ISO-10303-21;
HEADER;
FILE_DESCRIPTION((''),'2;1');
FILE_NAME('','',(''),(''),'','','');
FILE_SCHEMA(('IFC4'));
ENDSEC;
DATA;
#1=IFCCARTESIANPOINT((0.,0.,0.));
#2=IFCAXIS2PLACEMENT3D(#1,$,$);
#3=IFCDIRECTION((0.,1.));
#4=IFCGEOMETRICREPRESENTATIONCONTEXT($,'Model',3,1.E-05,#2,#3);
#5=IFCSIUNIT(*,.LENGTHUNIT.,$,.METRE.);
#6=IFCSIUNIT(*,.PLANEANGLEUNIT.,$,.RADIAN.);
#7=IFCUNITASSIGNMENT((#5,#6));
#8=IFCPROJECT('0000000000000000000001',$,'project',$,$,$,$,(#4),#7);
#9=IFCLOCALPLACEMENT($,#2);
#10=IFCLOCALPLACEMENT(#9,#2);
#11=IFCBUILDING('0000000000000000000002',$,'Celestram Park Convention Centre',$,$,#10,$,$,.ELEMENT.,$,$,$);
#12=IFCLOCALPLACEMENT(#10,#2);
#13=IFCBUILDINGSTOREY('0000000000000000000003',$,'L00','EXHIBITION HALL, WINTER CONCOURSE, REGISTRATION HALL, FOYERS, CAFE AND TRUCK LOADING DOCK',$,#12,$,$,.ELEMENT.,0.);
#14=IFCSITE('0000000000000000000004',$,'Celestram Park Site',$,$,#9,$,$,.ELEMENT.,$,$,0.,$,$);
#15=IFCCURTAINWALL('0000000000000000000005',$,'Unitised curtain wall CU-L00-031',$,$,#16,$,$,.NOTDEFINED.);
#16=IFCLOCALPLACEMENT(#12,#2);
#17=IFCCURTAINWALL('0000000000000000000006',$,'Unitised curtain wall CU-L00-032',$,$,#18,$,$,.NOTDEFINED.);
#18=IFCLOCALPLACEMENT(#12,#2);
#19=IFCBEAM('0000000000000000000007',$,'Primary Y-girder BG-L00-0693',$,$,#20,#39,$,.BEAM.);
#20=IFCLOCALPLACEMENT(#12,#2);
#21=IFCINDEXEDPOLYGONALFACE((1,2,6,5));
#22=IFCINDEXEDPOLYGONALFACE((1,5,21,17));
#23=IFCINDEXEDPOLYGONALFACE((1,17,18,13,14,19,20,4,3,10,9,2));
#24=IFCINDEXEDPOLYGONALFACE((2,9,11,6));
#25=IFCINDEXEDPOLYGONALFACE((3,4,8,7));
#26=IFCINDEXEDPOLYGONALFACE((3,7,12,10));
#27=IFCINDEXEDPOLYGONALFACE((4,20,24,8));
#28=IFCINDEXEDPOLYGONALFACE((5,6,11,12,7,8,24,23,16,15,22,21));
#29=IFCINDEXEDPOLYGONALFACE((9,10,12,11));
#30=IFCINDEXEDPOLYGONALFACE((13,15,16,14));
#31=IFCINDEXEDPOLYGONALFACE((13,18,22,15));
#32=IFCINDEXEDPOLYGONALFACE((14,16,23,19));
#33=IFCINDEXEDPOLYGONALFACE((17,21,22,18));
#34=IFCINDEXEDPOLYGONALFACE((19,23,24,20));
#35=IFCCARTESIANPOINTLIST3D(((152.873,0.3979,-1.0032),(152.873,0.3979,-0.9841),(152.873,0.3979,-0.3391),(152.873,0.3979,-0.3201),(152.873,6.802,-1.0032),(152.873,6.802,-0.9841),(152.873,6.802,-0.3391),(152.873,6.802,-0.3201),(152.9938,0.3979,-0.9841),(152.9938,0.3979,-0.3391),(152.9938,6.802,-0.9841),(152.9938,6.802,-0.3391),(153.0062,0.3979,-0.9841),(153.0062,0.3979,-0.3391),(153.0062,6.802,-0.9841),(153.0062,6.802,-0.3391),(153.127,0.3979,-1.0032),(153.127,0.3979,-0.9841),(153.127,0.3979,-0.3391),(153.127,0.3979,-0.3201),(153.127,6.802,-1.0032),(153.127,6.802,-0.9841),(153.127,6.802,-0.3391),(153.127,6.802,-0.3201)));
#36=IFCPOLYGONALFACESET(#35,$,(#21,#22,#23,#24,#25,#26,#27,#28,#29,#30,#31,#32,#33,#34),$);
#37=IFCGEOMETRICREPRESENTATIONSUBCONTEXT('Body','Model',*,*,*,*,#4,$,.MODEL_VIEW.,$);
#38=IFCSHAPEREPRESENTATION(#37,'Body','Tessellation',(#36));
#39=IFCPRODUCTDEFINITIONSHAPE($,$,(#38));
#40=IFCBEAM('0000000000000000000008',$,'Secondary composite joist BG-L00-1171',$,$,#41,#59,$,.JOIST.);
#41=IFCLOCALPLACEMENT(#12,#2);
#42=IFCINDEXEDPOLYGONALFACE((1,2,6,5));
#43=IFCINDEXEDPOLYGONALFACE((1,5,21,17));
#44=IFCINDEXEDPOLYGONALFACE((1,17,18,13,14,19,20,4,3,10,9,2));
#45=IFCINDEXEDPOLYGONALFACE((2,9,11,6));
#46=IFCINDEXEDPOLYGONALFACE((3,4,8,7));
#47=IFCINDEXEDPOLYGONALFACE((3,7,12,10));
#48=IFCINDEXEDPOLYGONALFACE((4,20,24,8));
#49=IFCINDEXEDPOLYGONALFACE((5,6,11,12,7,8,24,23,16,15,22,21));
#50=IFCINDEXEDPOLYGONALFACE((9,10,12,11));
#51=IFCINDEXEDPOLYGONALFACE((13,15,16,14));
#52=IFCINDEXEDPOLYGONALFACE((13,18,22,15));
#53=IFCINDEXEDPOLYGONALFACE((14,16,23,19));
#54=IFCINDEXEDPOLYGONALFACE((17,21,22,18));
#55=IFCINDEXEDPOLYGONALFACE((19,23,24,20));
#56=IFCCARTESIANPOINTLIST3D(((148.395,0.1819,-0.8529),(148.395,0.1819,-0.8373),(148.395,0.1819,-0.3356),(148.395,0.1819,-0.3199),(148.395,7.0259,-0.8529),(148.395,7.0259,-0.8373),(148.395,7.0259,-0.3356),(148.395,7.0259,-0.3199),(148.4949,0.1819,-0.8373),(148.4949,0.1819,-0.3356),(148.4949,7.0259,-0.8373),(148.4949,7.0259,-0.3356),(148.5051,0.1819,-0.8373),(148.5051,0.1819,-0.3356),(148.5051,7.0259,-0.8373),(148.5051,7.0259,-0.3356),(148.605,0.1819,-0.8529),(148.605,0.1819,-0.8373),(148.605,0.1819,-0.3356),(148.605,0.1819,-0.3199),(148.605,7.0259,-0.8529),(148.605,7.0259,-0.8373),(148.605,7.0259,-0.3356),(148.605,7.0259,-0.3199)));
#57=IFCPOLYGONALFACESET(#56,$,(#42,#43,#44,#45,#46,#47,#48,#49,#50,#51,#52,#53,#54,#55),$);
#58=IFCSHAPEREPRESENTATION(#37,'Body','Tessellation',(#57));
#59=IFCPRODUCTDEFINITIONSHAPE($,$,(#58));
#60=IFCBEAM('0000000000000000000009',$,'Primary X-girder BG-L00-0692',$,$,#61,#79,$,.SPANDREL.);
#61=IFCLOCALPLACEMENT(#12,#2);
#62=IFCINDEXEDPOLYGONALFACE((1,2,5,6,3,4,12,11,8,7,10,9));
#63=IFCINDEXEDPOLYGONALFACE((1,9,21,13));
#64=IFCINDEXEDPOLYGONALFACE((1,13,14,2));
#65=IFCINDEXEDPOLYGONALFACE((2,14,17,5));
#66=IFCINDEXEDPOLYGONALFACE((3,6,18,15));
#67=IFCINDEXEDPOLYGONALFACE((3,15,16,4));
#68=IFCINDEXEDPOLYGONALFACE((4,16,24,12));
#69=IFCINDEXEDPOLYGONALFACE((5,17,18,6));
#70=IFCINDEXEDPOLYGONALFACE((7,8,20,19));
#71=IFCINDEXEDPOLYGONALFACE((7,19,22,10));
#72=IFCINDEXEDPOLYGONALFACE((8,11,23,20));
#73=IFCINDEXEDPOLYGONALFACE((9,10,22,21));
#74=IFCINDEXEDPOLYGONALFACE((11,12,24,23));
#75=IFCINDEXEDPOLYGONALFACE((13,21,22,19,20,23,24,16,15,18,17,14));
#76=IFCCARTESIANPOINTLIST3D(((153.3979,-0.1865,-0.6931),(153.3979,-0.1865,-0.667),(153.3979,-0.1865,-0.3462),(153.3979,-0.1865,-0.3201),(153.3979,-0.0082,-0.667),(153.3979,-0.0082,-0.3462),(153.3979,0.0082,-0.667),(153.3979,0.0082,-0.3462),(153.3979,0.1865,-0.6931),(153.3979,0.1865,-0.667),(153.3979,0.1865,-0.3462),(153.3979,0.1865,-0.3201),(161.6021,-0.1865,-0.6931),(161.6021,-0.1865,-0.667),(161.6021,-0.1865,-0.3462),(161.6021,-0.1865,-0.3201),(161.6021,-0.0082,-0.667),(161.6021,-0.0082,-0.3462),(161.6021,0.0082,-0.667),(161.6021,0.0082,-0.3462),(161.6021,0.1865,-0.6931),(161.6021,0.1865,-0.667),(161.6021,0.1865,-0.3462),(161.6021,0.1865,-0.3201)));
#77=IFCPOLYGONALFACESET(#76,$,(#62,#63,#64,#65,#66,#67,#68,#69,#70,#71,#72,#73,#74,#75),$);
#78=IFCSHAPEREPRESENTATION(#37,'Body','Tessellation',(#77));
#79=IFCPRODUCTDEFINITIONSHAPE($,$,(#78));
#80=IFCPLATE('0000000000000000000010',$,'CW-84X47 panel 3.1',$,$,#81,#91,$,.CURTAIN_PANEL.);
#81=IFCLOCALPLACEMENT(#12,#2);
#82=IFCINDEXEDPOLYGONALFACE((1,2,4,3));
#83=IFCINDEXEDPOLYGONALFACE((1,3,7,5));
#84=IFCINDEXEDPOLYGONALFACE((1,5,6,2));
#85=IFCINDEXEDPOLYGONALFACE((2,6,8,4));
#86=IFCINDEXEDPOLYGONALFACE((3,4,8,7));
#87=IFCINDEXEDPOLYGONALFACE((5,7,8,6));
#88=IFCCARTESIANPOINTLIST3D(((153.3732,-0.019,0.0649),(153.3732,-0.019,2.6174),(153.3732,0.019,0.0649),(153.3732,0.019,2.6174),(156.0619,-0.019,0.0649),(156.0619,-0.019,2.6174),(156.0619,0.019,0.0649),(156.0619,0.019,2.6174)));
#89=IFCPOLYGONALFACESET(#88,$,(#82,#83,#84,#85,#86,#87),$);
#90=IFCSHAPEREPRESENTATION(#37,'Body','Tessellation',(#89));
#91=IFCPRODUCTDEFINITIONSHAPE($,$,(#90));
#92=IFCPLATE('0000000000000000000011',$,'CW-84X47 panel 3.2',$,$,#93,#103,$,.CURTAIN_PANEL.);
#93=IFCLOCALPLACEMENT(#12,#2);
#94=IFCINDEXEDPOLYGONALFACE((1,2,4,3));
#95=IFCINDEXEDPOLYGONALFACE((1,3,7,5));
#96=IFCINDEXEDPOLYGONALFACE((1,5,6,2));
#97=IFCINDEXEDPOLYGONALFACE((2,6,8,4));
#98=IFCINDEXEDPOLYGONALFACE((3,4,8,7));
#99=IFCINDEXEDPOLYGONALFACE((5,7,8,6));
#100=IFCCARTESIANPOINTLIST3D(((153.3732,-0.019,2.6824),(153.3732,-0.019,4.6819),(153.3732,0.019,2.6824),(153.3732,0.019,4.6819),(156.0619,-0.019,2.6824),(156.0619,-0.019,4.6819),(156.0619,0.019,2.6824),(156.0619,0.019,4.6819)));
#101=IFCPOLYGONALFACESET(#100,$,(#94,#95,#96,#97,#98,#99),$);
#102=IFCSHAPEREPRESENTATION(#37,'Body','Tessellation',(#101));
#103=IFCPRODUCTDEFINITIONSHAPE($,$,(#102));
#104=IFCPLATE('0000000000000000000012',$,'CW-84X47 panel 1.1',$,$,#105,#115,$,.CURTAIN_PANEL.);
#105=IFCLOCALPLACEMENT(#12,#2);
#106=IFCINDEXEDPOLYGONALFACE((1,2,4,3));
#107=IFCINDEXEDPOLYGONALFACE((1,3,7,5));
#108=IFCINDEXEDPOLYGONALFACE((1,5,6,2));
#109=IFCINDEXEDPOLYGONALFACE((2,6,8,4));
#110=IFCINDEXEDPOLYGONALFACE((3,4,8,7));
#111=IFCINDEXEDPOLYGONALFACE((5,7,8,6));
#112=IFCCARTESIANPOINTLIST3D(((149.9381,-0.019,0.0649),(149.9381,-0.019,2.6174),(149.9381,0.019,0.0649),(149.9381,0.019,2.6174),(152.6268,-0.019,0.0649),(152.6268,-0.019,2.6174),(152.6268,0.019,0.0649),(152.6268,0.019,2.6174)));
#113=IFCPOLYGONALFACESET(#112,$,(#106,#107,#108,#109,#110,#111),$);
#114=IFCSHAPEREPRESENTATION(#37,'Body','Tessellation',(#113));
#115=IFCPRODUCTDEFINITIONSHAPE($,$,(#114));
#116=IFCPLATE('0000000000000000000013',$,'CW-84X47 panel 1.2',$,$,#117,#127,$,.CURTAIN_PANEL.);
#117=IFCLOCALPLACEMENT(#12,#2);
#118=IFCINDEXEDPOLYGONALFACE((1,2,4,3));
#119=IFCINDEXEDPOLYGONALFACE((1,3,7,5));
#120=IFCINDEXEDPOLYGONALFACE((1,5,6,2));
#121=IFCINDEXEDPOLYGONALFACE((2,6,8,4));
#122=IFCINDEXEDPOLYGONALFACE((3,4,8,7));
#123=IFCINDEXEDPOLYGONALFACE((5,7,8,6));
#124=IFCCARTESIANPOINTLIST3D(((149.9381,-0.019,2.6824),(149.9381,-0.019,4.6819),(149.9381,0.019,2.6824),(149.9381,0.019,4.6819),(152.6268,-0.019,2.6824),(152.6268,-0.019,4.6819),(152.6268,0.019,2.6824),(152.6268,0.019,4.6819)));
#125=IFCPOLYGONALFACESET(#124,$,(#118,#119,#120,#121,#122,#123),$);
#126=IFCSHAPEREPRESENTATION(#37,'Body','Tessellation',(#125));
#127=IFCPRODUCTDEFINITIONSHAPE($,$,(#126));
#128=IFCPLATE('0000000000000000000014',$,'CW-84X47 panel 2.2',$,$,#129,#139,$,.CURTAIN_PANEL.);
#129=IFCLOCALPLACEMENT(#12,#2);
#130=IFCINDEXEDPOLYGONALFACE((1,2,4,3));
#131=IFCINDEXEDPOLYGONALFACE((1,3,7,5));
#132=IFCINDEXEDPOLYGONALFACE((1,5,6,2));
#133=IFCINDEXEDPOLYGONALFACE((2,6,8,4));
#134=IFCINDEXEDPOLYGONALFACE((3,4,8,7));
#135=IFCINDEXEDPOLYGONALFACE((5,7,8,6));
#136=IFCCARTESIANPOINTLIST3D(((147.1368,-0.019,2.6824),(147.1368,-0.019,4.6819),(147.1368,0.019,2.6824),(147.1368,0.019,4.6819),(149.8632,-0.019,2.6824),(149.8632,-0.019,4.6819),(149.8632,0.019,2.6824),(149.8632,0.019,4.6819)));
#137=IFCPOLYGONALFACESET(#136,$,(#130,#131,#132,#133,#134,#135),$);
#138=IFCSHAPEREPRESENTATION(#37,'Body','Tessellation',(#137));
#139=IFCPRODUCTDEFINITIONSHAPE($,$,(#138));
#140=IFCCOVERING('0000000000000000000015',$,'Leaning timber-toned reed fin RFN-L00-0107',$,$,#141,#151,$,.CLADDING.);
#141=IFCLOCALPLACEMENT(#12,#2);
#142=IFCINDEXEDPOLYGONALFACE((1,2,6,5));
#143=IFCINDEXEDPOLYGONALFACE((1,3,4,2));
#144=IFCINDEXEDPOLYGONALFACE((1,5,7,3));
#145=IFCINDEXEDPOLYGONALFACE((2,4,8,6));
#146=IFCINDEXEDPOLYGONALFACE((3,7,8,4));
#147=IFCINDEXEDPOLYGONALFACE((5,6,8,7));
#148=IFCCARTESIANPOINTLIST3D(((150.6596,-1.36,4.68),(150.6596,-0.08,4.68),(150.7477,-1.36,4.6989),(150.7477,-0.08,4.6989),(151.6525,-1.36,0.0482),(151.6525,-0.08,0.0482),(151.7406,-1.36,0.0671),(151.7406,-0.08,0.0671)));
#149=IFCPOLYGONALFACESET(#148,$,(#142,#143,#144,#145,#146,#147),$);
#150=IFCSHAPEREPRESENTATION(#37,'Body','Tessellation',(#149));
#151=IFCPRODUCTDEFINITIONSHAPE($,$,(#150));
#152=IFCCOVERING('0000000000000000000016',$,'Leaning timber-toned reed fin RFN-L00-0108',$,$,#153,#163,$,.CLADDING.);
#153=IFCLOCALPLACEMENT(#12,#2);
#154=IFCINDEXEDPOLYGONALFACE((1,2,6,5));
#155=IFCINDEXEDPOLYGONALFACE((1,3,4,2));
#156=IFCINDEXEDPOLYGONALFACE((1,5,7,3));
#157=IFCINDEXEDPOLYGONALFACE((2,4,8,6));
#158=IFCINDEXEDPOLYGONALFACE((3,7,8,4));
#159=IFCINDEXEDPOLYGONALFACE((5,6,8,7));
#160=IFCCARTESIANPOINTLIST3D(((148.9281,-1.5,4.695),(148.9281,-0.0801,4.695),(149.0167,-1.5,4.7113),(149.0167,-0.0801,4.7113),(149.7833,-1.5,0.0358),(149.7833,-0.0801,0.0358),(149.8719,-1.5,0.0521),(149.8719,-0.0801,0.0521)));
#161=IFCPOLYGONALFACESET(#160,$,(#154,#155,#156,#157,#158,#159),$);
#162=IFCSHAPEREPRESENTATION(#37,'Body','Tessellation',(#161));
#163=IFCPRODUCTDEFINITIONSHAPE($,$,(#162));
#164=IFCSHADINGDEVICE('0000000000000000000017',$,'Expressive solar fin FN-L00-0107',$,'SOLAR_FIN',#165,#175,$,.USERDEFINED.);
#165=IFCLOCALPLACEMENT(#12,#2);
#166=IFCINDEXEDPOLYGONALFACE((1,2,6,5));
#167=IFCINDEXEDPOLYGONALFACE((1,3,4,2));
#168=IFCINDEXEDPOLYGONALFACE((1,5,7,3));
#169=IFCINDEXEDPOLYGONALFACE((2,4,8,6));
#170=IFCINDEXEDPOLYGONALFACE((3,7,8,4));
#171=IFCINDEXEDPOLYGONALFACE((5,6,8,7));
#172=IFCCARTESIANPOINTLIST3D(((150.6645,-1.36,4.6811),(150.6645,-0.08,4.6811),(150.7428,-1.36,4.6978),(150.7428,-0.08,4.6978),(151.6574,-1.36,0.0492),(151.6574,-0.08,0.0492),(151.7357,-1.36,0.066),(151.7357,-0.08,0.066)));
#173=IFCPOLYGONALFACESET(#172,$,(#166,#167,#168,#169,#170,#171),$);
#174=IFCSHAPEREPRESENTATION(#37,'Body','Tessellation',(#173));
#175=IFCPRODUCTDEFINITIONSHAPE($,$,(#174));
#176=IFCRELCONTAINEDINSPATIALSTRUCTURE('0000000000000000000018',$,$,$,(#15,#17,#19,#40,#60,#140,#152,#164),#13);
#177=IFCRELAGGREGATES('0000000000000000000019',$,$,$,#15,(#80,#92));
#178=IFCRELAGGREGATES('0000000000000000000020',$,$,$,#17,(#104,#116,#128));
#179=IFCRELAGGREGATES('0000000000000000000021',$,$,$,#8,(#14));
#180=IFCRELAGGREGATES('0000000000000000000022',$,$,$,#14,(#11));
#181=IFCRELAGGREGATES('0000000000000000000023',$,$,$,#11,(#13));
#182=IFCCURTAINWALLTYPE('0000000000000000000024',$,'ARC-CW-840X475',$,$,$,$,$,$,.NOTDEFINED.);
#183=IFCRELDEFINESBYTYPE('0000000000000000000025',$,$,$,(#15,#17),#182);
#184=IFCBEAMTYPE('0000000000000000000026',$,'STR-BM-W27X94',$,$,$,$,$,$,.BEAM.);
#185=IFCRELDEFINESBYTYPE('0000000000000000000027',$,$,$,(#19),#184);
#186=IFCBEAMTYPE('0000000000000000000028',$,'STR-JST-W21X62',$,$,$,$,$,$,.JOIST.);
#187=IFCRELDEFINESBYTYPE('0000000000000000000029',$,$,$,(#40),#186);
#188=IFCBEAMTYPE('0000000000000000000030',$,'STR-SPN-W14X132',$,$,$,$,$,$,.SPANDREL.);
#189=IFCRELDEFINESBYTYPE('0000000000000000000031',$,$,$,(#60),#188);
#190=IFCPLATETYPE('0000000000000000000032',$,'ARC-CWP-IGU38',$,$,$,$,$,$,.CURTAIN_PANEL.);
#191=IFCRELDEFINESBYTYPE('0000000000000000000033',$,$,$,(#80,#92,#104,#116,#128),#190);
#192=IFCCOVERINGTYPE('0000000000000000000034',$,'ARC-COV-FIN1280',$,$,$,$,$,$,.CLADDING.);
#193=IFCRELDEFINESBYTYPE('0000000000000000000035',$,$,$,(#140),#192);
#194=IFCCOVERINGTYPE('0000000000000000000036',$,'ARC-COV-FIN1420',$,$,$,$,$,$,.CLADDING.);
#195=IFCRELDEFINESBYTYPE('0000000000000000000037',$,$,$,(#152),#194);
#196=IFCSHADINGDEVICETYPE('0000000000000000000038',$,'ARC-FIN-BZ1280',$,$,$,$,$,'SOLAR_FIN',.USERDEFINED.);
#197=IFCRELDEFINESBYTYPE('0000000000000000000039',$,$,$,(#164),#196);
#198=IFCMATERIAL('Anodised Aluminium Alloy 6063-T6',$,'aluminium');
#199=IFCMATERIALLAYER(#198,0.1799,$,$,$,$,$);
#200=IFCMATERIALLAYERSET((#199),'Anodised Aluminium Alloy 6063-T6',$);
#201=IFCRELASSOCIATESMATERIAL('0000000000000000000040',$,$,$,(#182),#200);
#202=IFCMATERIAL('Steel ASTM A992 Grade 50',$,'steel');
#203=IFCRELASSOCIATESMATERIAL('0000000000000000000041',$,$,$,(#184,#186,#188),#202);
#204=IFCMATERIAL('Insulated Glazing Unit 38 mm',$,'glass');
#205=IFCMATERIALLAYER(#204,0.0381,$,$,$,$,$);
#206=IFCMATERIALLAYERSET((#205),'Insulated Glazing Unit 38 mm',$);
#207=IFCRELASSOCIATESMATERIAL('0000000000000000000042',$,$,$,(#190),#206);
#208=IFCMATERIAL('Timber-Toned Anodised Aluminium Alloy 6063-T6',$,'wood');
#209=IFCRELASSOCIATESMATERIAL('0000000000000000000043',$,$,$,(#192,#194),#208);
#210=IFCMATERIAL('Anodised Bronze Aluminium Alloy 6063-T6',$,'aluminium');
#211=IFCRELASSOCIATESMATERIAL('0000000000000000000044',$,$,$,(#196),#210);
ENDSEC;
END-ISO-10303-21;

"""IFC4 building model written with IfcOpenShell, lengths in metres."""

from ifc_helpers import new_model, si_unit, direction, frame, origin, origin_2d, place, context, subcontext, project, spatial, rectangle, i_section, extrude, material, layer, layer_set, material_profile, profile_set, type_object, element, aggregate, save


model = new_model("IFC4")

# Units and contexts
model_context = context("Model", 3, precision=1e-05, world=origin(), true_north=direction((0.0, 1.0)))
body_context = subcontext(model_context, "Body", "Model", "MODEL_VIEW")
ifc_project = project(units=[si_unit("LENGTHUNIT", "METRE"), si_unit("PLANEANGLEUNIT", "RADIAN")], contexts=[model_context])

# Site, building, storey
site_placement = place(None, origin())
site = spatial("IfcSite", under=ifc_project, at=site_placement, Name="Celestram Park Site", CompositionType="ELEMENT", RefElevation=0.0)
building_placement = place(site_placement, origin())
building = spatial("IfcBuilding", under=site, at=building_placement, Name="Celestram Park Convention Centre", CompositionType="ELEMENT")
storey_placement = place(building_placement, origin())
storey = spatial("IfcBuildingStorey", under=building, at=storey_placement, Name="L00", Description="EXHIBITION HALL, WINTER CONCOURSE, REGISTRATION HALL, FOYERS, CAFE AND TRUCK LOADING DOCK", CompositionType="ELEMENT", Elevation=0.0)

# Curtain wall
ifc_material_1 = material(Name="Anodised Aluminium Alloy 6063-T6", Category="aluminium")
ifc_layer_1 = layer(ifc_material_1, 0.1799)
ifc_layer_set_1 = layer_set([ifc_layer_1], Name="Anodised Aluminium Alloy 6063-T6")
curtain_wall_type = type_object("IfcCurtainWallType", Name="ARC-CW-840X475", PredefinedType="NOTDEFINED", material=ifc_layer_set_1)
curtain_wall_1_placement = place(storey_placement, origin())
curtain_wall_1 = element("IfcCurtainWall", 1, at=curtain_wall_1_placement, inside=storey, type_object=curtain_wall_type, Name="Unitised curtain wall CU-L00-031", PredefinedType="NOTDEFINED")

# Curtain wall
curtain_wall_2_placement = place(storey_placement, origin())
curtain_wall_2 = element("IfcCurtainWall", 2, at=curtain_wall_2_placement, inside=storey, type_object=curtain_wall_type, Name="Unitised curtain wall CU-L00-032", PredefinedType="NOTDEFINED")

# Beams
ifc_material_2 = material(Name="Steel ASTM A992 Grade 50", Category="steel")
ifc_material_profile_1 = material_profile(ifc_material_2, i_section(OverallWidth=0.2539, OverallDepth=0.6831, WebThickness=0.0125, FlangeThickness=0.019, at=origin_2d()), Name="W27X94")
ifc_profile_set_1 = profile_set([ifc_material_profile_1], Name="Steel ASTM A992 Grade 50")
beam_type_1 = type_object("IfcBeamType", Name="STR-BM-W27X94", PredefinedType="BEAM", material=ifc_profile_set_1)
beam_1_placement = place(storey_placement, frame((153.0, 0.3979, -0.6616), z_axis=(0.0, 1.0, 0.0), x_axis=(-1.0, 0.0, 0.0)))
element("IfcBeam", 3, at=beam_1_placement, inside=storey, type_object=beam_type_1, Name="Primary Y-girder BG-L00-0693", PredefinedType="BEAM", context=body_context, shape_type="SweptSolid", body=[
    extrude(i_section(OverallWidth=0.2539, OverallDepth=0.6831, WebThickness=0.0125, FlangeThickness=0.019, at=origin_2d()), origin(), (0.0, 0.0, 1.0), 6.4041),
])
ifc_material_profile_2 = material_profile(ifc_material_2, i_section(OverallWidth=0.21, OverallDepth=0.533, WebThickness=0.0103, FlangeThickness=0.0156, at=origin_2d()), Name="W21X62")
ifc_profile_set_2 = profile_set([ifc_material_profile_2], Name="Steel ASTM A992 Grade 50")
beam_type_2 = type_object("IfcBeamType", Name="STR-JST-W21X62", PredefinedType="JOIST", material=ifc_profile_set_2)
beam_2_placement = place(storey_placement, frame((148.5, 0.1819, -0.5864), z_axis=(0.0, 1.0, 0.0), x_axis=(-1.0, 0.0, 0.0)))
element("IfcBeam", 4, at=beam_2_placement, inside=storey, type_object=beam_type_2, Name="Secondary composite joist BG-L00-1171", PredefinedType="JOIST", context=body_context, shape_type="SweptSolid", body=[
    extrude(i_section(OverallWidth=0.21, OverallDepth=0.533, WebThickness=0.0103, FlangeThickness=0.0156, at=origin_2d()), origin(), (0.0, 0.0, 1.0), 6.844),
])
ifc_material_profile_3 = material_profile(ifc_material_2, i_section(OverallWidth=0.373, OverallDepth=0.373, WebThickness=0.0164, FlangeThickness=0.0261, at=origin_2d()), Name="W14X132")
ifc_profile_set_3 = profile_set([ifc_material_profile_3], Name="Steel ASTM A992 Grade 50")
beam_type_3 = type_object("IfcBeamType", Name="STR-SPN-W14X132", PredefinedType="SPANDREL", material=ifc_profile_set_3)
beam_3_placement = place(storey_placement, frame((153.3979, 0.0, -0.5066), z_axis=(1.0, 0.0, 0.0), x_axis=(0.0, 1.0, 0.0)))
element("IfcBeam", 5, at=beam_3_placement, inside=storey, type_object=beam_type_3, Name="Primary X-girder BG-L00-0692", PredefinedType="SPANDREL", context=body_context, shape_type="SweptSolid", body=[
    extrude(i_section(OverallWidth=0.373, OverallDepth=0.373, WebThickness=0.0164, FlangeThickness=0.0261, at=origin_2d()), origin(), (0.0, 0.0, 1.0), 8.2041),
])

# Plates
ifc_material_3 = material(Name="Insulated Glazing Unit 38 mm", Category="glass")
ifc_layer_2 = layer(ifc_material_3, 0.0381)
ifc_layer_set_2 = layer_set([ifc_layer_2], Name="Insulated Glazing Unit 38 mm")
plate_type = type_object("IfcPlateType", Name="ARC-CWP-IGU38", PredefinedType="CURTAIN_PANEL", material=ifc_layer_set_2)
plate_1_placement = place(storey_placement, frame((154.7175, 0.0, 0.0649), z_axis=(0.0, 0.0, 1.0), x_axis=(-1.0, 0.0, 0.0)))
plate_1 = element("IfcPlate", 6, at=plate_1_placement, type_object=plate_type, Name="CW-84X47 panel 3.1", PredefinedType="CURTAIN_PANEL", context=body_context, shape_type="SweptSolid", body=[
    extrude(rectangle(XDim=2.6887, YDim=0.0381, at=origin_2d()), origin(), (0.0, 0.0, 1.0), 2.5525),
])
plate_2_placement = place(storey_placement, frame((154.7175, 0.0, 2.6824), z_axis=(0.0, 0.0, 1.0), x_axis=(-1.0, 0.0, 0.0)))
plate_2 = element("IfcPlate", 7, at=plate_2_placement, type_object=plate_type, Name="CW-84X47 panel 3.2", PredefinedType="CURTAIN_PANEL", context=body_context, shape_type="SweptSolid", body=[
    extrude(rectangle(XDim=2.6887, YDim=0.0381, at=origin_2d()), origin(), (0.0, 0.0, 1.0), 1.9995),
])
aggregate(curtain_wall_1, [plate_1, plate_2])
plate_3_placement = place(storey_placement, frame((151.2825, 0.0, 0.0649), z_axis=(0.0, 0.0, 1.0), x_axis=(-1.0, 0.0, 0.0)))
plate_3 = element("IfcPlate", 8, at=plate_3_placement, type_object=plate_type, Name="CW-84X47 panel 1.1", PredefinedType="CURTAIN_PANEL", context=body_context, shape_type="SweptSolid", body=[
    extrude(rectangle(XDim=2.6887, YDim=0.0381, at=origin_2d()), origin(), (0.0, 0.0, 1.0), 2.5525),
])
plate_4_placement = place(storey_placement, frame((151.2825, 0.0, 2.6824), z_axis=(0.0, 0.0, 1.0), x_axis=(-1.0, 0.0, 0.0)))
plate_4 = element("IfcPlate", 9, at=plate_4_placement, type_object=plate_type, Name="CW-84X47 panel 1.2", PredefinedType="CURTAIN_PANEL", context=body_context, shape_type="SweptSolid", body=[
    extrude(rectangle(XDim=2.6887, YDim=0.0381, at=origin_2d()), origin(), (0.0, 0.0, 1.0), 1.9995),
])
plate_5_placement = place(storey_placement, frame((148.5, 0.0, 2.6824), z_axis=(0.0, 0.0, 1.0), x_axis=(-1.0, 0.0, 0.0)))
plate_5 = element("IfcPlate", 10, at=plate_5_placement, type_object=plate_type, Name="CW-84X47 panel 2.2", PredefinedType="CURTAIN_PANEL", context=body_context, shape_type="SweptSolid", body=[
    extrude(rectangle(XDim=2.7263, YDim=0.0381, at=origin_2d()), origin(), (0.0, 0.0, 1.0), 1.9995),
])
aggregate(curtain_wall_2, [plate_3, plate_4, plate_5])

# Coverings
ifc_material_4 = material(Name="Timber-Toned Anodised Aluminium Alloy 6063-T6", Category="wood")
ifc_material_profile_4 = material_profile(ifc_material_4, rectangle(XDim=1.28, YDim=0.0901, at=origin_2d()), Name="REED1280X90")
ifc_profile_set_4 = profile_set([ifc_material_profile_4], Name="Timber-Toned Anodised Aluminium Alloy 6063-T6")
covering_type_1 = type_object("IfcCoveringType", Name="ARC-COV-FIN1280", PredefinedType="CLADDING", material=ifc_profile_set_4)
covering_1_placement = place(storey_placement, frame((151.6965, -0.72, 0.0576), z_axis=(-0.209607, 0.0, 0.977786), x_axis=(0.0, -1.0, 0.0)))
element("IfcCovering", 11, at=covering_1_placement, inside=storey, type_object=covering_type_1, Name="Leaning timber-toned reed fin RFN-L00-0107", PredefinedType="CLADDING", context=body_context, shape_type="SweptSolid", body=[
    extrude(rectangle(XDim=1.28, YDim=0.0901, at=origin_2d()), origin(), (0.0, 0.0, 1.0), 4.7371),
])
ifc_material_profile_5 = material_profile(ifc_material_4, rectangle(XDim=1.4199, YDim=0.0901, at=origin_2d()), Name="REED1420X90")
ifc_profile_set_5 = profile_set([ifc_material_profile_5], Name="Timber-Toned Anodised Aluminium Alloy 6063-T6")
covering_type_2 = type_object("IfcCoveringType", Name="ARC-COV-FIN1420", PredefinedType="CLADDING", material=ifc_profile_set_5)
covering_2_placement = place(storey_placement, frame((149.8276, -0.79, 0.0439), z_axis=(-0.180541, 0.0, 0.983568), x_axis=(0.0, -1.0, 0.0)))
element("IfcCovering", 12, at=covering_2_placement, inside=storey, type_object=covering_type_2, Name="Leaning timber-toned reed fin RFN-L00-0108", PredefinedType="CLADDING", context=body_context, shape_type="SweptSolid", body=[
    extrude(rectangle(XDim=1.4199, YDim=0.0901, at=origin_2d()), origin(), (0.0, 0.0, 1.0), 4.7371),
])

# Shading device
ifc_material_5 = material(Name="Anodised Bronze Aluminium Alloy 6063-T6", Category="aluminium")
ifc_material_profile_6 = material_profile(ifc_material_5, rectangle(XDim=1.28, YDim=0.0801, at=origin_2d()), Name="FIN1280X80")
ifc_profile_set_6 = profile_set([ifc_material_profile_6], Name="Anodised Bronze Aluminium Alloy 6063-T6")
shading_device_type = type_object("IfcShadingDeviceType", Name="ARC-FIN-BZ1280", ElementType="SOLAR_FIN", PredefinedType="USERDEFINED", material=ifc_profile_set_6)
for number, where, z_axis, x_axis, name in (
    (13, (151.6965, -0.72, 0.0576), (-0.209607, 0.0, 0.977786), (0.0, -1.0, 0.0), "Expressive solar fin FN-L00-0107"),
):
    element("IfcShadingDevice", number, at=place(storey_placement, frame(where, z_axis=z_axis, x_axis=x_axis)), inside=storey, type_object=shading_device_type, Name=name, ObjectType="SOLAR_FIN", PredefinedType="USERDEFINED", context=body_context, shape_type="SweptSolid", body=[
        extrude(rectangle(XDim=1.28, YDim=0.0801, at=origin_2d()), origin(), (0.0, 0.0, 1.0), 4.7371),
    ])

save(model, "model.ifc")
